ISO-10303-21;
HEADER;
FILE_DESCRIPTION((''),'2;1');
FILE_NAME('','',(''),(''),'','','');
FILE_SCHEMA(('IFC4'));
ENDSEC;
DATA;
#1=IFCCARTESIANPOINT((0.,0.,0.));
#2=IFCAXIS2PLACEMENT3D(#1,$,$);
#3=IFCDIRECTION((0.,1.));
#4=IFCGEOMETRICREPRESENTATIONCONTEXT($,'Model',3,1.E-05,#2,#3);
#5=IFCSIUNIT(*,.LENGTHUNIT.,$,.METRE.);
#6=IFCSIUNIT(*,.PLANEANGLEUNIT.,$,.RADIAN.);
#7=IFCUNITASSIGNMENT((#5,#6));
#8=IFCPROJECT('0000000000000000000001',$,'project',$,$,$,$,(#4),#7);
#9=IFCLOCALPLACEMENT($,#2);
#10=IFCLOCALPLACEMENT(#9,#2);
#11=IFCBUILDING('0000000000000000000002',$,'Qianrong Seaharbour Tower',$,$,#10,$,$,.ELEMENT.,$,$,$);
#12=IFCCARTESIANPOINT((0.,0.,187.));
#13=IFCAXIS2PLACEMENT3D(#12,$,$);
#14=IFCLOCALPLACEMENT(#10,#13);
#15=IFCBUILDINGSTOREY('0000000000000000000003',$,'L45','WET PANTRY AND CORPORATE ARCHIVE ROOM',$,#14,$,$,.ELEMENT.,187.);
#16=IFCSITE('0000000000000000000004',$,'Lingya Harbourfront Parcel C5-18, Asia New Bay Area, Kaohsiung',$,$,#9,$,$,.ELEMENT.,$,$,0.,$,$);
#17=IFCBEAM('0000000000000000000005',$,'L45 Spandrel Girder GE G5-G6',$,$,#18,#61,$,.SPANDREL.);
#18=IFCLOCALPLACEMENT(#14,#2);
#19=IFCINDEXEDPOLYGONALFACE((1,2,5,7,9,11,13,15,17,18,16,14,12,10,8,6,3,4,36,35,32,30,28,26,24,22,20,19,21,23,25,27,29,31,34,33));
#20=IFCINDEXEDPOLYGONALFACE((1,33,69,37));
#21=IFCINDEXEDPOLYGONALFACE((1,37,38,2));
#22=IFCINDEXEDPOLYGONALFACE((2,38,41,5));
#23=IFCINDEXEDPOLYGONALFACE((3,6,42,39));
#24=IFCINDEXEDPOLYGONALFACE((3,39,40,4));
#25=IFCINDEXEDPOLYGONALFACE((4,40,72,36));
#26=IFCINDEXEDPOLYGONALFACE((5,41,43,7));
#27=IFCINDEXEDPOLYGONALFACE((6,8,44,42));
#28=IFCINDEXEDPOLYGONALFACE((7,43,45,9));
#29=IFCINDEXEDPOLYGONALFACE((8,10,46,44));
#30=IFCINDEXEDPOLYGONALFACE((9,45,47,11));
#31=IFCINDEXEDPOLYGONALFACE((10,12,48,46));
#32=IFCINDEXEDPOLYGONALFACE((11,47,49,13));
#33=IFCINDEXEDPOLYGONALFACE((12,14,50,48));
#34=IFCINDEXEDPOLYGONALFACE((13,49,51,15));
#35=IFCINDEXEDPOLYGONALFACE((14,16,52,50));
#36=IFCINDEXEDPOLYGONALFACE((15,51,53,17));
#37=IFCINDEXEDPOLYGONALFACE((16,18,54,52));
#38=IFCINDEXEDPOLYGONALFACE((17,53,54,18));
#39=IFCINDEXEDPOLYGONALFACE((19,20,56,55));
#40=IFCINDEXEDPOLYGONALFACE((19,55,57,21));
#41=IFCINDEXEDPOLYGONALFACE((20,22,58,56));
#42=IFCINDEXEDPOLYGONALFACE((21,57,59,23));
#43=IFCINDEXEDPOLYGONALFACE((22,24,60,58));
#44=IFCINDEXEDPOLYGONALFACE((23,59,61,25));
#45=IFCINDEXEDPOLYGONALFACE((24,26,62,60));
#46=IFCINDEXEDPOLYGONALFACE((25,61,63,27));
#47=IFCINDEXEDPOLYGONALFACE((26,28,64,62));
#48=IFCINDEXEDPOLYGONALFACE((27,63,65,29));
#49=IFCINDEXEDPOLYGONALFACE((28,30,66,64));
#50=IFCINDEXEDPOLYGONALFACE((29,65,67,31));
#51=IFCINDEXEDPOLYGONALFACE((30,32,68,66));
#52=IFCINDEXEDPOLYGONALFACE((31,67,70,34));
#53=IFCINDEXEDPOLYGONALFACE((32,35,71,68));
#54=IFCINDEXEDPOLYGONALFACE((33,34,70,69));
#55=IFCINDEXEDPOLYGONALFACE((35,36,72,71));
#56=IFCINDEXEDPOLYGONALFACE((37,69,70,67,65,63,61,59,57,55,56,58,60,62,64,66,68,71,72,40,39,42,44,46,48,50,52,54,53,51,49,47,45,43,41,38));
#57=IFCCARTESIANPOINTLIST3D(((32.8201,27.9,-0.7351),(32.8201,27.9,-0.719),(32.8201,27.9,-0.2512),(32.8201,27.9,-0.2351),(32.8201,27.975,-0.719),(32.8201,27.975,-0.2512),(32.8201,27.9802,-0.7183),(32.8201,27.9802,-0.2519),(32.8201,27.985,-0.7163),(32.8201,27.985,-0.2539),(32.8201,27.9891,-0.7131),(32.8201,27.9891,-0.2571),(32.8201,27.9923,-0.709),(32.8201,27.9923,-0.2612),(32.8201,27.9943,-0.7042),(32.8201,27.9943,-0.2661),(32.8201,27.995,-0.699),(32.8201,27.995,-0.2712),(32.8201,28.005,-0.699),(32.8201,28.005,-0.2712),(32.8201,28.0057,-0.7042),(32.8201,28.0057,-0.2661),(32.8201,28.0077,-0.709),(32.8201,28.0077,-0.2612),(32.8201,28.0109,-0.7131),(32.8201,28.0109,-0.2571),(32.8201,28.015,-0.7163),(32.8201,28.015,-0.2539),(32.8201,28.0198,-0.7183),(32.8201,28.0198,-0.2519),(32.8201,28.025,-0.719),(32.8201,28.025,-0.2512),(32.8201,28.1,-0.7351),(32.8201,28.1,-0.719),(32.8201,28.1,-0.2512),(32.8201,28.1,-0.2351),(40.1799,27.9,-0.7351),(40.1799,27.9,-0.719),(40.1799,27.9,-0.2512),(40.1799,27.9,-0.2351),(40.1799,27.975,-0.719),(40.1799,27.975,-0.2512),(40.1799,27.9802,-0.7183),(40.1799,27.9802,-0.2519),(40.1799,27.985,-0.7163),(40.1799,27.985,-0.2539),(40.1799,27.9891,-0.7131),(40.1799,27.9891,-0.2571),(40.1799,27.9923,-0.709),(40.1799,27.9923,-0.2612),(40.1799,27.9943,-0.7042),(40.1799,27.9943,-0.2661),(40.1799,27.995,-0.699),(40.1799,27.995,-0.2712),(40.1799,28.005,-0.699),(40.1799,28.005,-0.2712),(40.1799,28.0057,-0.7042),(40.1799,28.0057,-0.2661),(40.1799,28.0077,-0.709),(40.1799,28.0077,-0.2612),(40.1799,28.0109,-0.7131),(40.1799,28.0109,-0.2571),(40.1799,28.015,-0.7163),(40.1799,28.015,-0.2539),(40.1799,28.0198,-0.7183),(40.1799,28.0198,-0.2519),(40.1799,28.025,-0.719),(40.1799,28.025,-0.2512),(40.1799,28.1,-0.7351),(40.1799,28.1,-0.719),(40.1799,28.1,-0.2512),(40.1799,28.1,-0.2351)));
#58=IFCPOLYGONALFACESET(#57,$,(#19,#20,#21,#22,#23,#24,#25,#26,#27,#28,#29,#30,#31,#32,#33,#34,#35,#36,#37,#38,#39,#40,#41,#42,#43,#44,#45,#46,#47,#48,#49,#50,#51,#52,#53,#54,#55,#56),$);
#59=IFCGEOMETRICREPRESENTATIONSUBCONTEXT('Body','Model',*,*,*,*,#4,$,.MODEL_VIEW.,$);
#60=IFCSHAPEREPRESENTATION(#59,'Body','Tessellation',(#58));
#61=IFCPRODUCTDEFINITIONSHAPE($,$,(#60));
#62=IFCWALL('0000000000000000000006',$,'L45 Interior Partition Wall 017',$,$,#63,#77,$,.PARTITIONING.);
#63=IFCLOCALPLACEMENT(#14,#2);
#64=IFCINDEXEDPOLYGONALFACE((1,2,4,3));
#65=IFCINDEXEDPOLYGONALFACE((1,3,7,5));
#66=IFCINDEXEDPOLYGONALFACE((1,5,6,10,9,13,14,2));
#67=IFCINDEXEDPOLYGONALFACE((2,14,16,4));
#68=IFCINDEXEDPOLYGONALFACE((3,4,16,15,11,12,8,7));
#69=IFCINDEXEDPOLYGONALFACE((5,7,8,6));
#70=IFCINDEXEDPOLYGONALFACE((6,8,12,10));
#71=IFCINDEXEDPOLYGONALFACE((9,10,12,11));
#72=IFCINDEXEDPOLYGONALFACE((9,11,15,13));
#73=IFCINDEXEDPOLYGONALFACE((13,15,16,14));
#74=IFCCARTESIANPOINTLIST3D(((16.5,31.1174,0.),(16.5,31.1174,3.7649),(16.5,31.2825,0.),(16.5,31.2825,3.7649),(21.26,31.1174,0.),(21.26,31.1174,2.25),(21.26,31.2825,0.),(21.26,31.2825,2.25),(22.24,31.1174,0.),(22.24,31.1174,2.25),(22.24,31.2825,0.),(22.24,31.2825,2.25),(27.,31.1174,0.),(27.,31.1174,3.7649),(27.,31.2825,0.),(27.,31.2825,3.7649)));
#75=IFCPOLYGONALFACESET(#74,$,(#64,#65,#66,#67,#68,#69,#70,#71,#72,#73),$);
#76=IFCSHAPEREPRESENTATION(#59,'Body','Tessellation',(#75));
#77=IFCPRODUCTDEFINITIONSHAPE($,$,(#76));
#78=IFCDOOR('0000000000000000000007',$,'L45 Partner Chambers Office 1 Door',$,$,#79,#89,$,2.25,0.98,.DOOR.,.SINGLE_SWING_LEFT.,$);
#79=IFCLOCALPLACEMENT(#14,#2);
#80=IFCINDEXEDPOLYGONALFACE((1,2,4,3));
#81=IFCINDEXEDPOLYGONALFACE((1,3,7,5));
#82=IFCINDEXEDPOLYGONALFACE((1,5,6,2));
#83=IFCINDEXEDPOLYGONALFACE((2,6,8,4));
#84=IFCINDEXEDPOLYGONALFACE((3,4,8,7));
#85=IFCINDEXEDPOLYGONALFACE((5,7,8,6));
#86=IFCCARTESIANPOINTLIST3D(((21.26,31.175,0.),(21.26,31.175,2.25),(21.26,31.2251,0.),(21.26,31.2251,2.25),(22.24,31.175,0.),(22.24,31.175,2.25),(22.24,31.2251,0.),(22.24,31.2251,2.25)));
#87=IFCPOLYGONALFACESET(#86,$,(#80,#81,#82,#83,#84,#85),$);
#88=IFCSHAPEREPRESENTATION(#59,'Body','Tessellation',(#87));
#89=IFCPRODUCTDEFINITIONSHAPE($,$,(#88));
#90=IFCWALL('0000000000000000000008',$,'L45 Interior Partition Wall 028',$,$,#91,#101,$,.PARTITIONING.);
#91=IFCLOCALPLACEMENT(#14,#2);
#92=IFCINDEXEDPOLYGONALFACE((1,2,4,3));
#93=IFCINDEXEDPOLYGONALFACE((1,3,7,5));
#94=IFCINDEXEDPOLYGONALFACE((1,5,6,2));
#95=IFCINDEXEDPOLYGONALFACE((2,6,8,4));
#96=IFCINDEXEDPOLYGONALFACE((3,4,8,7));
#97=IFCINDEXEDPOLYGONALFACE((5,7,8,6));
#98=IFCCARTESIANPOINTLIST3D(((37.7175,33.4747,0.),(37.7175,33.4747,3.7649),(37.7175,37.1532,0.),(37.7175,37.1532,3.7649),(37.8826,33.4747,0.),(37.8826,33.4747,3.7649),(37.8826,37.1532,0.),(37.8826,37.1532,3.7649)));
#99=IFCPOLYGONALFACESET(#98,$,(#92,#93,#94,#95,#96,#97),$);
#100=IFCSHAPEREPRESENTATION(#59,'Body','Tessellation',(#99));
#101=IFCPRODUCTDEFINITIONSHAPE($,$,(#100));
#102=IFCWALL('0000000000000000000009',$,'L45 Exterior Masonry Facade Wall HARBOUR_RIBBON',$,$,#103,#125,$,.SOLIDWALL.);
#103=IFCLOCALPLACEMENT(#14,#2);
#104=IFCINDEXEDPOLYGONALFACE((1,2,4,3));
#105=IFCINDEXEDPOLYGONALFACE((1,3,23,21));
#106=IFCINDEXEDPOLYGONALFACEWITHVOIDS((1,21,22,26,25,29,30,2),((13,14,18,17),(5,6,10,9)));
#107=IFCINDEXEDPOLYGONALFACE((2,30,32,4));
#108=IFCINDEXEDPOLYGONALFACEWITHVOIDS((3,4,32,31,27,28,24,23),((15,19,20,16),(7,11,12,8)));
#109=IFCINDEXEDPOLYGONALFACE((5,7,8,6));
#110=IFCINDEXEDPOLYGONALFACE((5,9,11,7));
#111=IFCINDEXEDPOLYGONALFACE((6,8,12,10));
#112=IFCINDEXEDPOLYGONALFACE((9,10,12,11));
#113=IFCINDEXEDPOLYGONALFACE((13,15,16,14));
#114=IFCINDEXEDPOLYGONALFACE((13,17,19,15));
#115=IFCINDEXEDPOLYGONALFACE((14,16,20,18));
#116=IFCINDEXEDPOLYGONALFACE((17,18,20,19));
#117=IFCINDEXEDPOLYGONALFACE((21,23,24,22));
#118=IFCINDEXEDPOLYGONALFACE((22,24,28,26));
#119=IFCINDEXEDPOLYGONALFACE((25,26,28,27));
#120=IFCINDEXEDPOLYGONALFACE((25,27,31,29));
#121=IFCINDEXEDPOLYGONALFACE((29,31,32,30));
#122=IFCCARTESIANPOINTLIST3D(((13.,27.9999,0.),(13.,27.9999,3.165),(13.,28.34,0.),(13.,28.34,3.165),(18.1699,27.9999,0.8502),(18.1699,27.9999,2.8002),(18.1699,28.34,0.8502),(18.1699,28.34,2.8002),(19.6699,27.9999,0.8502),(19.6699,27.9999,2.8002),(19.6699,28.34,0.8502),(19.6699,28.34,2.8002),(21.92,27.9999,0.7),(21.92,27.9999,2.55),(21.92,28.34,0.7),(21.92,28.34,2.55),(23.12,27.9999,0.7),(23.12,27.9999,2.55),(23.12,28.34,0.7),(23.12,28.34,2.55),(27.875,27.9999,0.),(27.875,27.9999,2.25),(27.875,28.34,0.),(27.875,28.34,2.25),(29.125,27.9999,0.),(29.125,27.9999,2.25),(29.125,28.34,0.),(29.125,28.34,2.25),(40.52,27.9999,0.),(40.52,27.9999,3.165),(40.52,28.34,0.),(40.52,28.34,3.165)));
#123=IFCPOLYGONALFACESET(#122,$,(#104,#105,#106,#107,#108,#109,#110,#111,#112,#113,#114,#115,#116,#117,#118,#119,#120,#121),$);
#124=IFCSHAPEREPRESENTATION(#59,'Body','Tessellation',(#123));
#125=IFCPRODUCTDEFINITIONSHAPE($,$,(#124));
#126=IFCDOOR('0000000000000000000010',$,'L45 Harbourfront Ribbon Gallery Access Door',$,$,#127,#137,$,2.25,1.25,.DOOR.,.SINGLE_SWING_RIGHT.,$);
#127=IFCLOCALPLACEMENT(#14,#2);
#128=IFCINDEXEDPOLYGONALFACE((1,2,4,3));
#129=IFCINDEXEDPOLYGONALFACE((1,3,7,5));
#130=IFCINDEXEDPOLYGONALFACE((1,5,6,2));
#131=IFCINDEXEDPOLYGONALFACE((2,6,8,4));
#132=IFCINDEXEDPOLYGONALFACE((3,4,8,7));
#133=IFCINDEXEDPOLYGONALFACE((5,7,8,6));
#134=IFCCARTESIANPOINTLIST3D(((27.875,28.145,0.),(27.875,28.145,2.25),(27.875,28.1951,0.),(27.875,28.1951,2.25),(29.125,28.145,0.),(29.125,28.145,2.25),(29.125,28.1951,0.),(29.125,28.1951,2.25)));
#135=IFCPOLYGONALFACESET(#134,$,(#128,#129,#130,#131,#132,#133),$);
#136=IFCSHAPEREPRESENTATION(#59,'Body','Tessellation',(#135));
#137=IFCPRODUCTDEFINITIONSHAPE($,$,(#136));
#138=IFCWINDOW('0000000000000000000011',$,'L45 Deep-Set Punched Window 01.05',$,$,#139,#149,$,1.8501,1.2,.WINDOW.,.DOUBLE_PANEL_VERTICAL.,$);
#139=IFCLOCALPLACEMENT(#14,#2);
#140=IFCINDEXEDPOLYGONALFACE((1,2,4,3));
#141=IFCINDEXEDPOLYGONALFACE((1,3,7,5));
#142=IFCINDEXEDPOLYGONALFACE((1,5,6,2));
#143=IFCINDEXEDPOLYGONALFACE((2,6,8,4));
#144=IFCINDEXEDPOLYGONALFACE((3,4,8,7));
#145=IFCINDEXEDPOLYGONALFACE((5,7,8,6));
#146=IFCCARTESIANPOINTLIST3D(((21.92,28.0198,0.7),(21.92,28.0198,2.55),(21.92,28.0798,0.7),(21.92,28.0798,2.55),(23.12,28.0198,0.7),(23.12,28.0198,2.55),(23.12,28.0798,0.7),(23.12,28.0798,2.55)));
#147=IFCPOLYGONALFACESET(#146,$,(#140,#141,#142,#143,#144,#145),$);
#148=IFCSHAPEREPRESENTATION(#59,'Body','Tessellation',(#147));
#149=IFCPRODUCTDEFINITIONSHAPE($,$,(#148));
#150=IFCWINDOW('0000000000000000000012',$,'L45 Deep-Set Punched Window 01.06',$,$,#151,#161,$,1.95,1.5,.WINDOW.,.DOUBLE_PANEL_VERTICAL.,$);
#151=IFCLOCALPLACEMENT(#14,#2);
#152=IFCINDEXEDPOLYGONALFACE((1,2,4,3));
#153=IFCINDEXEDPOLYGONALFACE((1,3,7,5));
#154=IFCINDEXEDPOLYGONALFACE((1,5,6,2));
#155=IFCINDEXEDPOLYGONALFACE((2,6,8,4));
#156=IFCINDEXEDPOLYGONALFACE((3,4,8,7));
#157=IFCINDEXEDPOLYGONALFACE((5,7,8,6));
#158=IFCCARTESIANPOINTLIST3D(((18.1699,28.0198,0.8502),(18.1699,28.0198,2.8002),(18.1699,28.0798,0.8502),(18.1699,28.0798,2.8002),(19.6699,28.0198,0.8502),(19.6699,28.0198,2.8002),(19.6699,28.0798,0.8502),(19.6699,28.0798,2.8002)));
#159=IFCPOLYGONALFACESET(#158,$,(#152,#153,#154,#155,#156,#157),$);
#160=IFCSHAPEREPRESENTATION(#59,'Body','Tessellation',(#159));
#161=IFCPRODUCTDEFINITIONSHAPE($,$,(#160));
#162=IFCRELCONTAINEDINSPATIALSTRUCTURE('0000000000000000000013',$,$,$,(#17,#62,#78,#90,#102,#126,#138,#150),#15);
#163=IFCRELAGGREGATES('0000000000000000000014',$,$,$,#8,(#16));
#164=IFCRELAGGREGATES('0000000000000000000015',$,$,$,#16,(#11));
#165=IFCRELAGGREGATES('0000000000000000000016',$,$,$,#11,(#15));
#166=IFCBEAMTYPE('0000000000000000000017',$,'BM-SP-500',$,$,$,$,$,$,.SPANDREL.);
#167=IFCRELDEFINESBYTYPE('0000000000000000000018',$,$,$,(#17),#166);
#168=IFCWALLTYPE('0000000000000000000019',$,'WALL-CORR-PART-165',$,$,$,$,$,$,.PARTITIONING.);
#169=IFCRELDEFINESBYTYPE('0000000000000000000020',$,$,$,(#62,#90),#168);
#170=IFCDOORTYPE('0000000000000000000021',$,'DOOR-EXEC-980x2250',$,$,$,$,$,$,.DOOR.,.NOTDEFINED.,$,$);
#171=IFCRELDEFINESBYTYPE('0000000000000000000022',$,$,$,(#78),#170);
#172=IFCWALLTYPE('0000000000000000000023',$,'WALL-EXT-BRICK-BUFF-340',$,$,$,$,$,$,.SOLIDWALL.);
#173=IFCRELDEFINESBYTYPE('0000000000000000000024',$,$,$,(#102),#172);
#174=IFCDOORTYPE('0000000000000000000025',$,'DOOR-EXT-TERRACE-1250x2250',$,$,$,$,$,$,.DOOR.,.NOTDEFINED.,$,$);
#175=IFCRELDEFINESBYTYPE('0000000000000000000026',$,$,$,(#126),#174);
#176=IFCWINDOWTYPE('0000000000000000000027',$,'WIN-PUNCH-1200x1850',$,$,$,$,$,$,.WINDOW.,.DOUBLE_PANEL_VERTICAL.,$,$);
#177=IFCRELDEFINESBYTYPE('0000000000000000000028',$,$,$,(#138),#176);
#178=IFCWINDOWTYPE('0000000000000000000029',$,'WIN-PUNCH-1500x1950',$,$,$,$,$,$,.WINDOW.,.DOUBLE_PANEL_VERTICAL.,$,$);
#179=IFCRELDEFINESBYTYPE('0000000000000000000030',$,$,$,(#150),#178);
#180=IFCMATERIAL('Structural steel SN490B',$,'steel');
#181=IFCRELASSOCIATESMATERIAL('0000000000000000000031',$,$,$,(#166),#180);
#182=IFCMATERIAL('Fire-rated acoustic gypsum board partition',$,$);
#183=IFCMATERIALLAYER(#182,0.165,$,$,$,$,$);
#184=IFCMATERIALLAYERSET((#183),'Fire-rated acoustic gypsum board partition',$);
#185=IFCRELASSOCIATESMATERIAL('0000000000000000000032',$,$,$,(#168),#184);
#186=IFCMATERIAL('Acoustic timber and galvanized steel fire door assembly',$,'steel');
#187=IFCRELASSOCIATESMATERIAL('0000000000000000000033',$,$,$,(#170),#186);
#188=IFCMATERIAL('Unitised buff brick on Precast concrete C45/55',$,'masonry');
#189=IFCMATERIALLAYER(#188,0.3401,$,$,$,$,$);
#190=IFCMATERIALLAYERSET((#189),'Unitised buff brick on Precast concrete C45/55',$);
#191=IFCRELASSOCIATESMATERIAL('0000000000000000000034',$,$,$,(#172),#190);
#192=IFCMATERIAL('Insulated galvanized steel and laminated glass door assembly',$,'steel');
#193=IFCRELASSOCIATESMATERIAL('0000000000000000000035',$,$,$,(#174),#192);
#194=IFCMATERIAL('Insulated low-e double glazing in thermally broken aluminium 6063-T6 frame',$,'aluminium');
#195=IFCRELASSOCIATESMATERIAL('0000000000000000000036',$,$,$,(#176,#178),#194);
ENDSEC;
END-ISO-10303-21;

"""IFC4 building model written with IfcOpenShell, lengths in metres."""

from ifc_helpers import new_model, si_unit, direction, frame, frame_2d, origin, origin_2d, place, context, subcontext, project, spatial, rectangle, i_section, extrude, material, layer, layer_set, material_profile, profile_set, type_object, element, fill, save


model = new_model("IFC4")

# Units and contexts
model_context = context("Model", 3, precision=1e-05, world=origin(), true_north=direction((0.0, 1.0)))
body_context = subcontext(model_context, "Body", "Model", "MODEL_VIEW")
ifc_project = project(units=[si_unit("LENGTHUNIT", "METRE"), si_unit("PLANEANGLEUNIT", "RADIAN")], contexts=[model_context])

# Site, building, storey
site_placement = place(None, origin())
site = spatial("IfcSite", under=ifc_project, at=site_placement, Name="Lingya Harbourfront Parcel C5-18, Asia New Bay Area, Kaohsiung", CompositionType="ELEMENT", RefElevation=0.0)
building_placement = place(site_placement, origin())
building = spatial("IfcBuilding", under=site, at=building_placement, Name="Qianrong Seaharbour Tower", CompositionType="ELEMENT")
storey_placement = place(building_placement, frame((0.0, 0.0, 187.0)))
storey = spatial("IfcBuildingStorey", under=building, at=storey_placement, Name="L45", Description="WET PANTRY AND CORPORATE ARCHIVE ROOM", CompositionType="ELEMENT", Elevation=187.0)

# Shared definitions
ifc_material_1 = material(Name="Structural steel SN490B", Category="steel")

# Beam
ifc_material_profile_1 = material_profile(ifc_material_1, i_section(OverallWidth=0.2, OverallDepth=0.5, WebThickness=0.01, FlangeThickness=0.0161, FilletRadius=0.02, at=origin_2d()), Name="H500x200x10x16")
ifc_profile_set_1 = profile_set([ifc_material_profile_1], Name="Structural steel SN490B")
beam_type_1 = type_object("IfcBeamType", Name="BM-SP-500", PredefinedType="SPANDREL", material=ifc_profile_set_1)
beam_placement = place(storey_placement, frame((32.8201, 28.0, -0.4851), z_axis=(1.0, 0.0, 0.0), x_axis=(0.0, 1.0, 0.0)))
element("IfcBeam", 1, at=beam_placement, inside=storey, type_object=beam_type_1, Name="L45 Spandrel Girder GE G5-G6", PredefinedType="SPANDREL", context=body_context, shape_type="SweptSolid", body=[
    extrude(i_section(OverallWidth=0.2, OverallDepth=0.5, WebThickness=0.01, FlangeThickness=0.0161, FilletRadius=0.02, at=origin_2d()), origin(), (0.0, 0.0, 1.0), 7.3599),
])

# Wall, opening, door
ifc_material_2 = material(Name="Fire-rated acoustic gypsum board partition")
ifc_layer_1 = layer(ifc_material_2, 0.165)
ifc_layer_set_1 = layer_set([ifc_layer_1], Name="Fire-rated acoustic gypsum board partition")
wall_type_1 = type_object("IfcWallType", Name="WALL-CORR-PART-165", PredefinedType="PARTITIONING", material=ifc_layer_set_1)
wall_1_placement = place(storey_placement, frame((27.0, 31.2, 0.0), z_axis=(0.0, 0.0, 1.0), x_axis=(-1.0, 0.0, 0.0)))
wall_1 = element("IfcWall", 2, at=wall_1_placement, inside=storey, type_object=wall_type_1, Name="L45 Interior Partition Wall 017", PredefinedType="PARTITIONING", context=body_context, shape_type="SweptSolid", body=[
    extrude(rectangle(XDim=10.5, YDim=0.165, at=frame_2d((5.25, 0.0))), origin(), (0.0, 0.0, 1.0), 3.7649),
])
opening_1_placement = place(wall_1_placement, frame((4.76, 0.0, 0.0)))
opening_1 = element("IfcOpeningElement", 3, at=opening_1_placement, cuts=wall_1, PredefinedType="OPENING", context=body_context, shape_type="SweptSolid", body=[
    extrude(rectangle(XDim=0.98, YDim=2.25, at=frame_2d((0.49, 1.125))), frame((0.0, 0.0925, 0.0), z_axis=(0.0, -1.0, 0.0), x_axis=(1.0, 0.0, 0.0)), (0.0, 0.0, 1.0), 0.1851),
])
ifc_material_3 = material(Name="Acoustic timber and galvanized steel fire door assembly", Category="steel")
door_type_1 = type_object("IfcDoorType", Name="DOOR-EXEC-980x2250", OperationType="NOTDEFINED", PredefinedType="DOOR", material=ifc_material_3)
door_1_placement = place(opening_1_placement, origin())
door_1 = element("IfcDoor", 4, at=door_1_placement, inside=storey, type_object=door_type_1, Name="L45 Partner Chambers Office 1 Door", OperationType="SINGLE_SWING_LEFT", OverallHeight=2.25, OverallWidth=0.98, PredefinedType="DOOR", context=body_context, shape_type="SweptSolid", body=[
    extrude(rectangle(XDim=0.98, YDim=2.25, at=frame_2d((0.49, 1.125))), frame((0.0, 0.0249, 0.0), z_axis=(0.0, -1.0, 0.0), x_axis=(1.0, 0.0, 0.0)), (0.0, 0.0, 1.0), 0.05),
])
fill(opening_1, door_1)

# Wall
wall_2_placement = place(storey_placement, frame((37.8, 33.4746, 0.0), z_axis=(0.0, 0.0, 1.0), x_axis=(0.0, 1.0, 0.0)))
element("IfcWall", 5, at=wall_2_placement, inside=storey, type_object=wall_type_1, Name="L45 Interior Partition Wall 028", PredefinedType="PARTITIONING", context=body_context, shape_type="SweptSolid", body=[
    extrude(rectangle(XDim=3.6785, YDim=0.165, at=frame_2d((1.8394, 0.0))), origin(), (0.0, 0.0, 1.0), 3.7649),
])

# Wall, openings, door, windows
ifc_material_4 = material(Name="Unitised buff brick on Precast concrete C45/55", Category="masonry")
ifc_layer_2 = layer(ifc_material_4, 0.3401)
ifc_layer_set_2 = layer_set([ifc_layer_2], Name="Unitised buff brick on Precast concrete C45/55")
wall_type_2 = type_object("IfcWallType", Name="WALL-EXT-BRICK-BUFF-340", PredefinedType="SOLIDWALL", material=ifc_layer_set_2)
wall_3_placement = place(storey_placement, frame((40.52, 28.1699, 0.0), z_axis=(0.0, 0.0, 1.0), x_axis=(-1.0, 0.0, 0.0)))
wall_3 = element("IfcWall", 6, at=wall_3_placement, inside=storey, type_object=wall_type_2, Name="L45 Exterior Masonry Facade Wall HARBOUR_RIBBON", PredefinedType="SOLIDWALL", context=body_context, shape_type="SweptSolid", body=[
    extrude(rectangle(XDim=27.52, YDim=0.3401, at=frame_2d((13.76, 0.0))), origin(), (0.0, 0.0, 1.0), 3.165),
])
opening_2_placement = place(wall_3_placement, frame((17.3999, 0.0, 0.7)))
opening_2 = element("IfcOpeningElement", 7, at=opening_2_placement, cuts=wall_3, PredefinedType="OPENING", context=body_context, shape_type="SweptSolid", body=[
    extrude(rectangle(XDim=1.2, YDim=1.8501, at=frame_2d((0.6001, 0.925))), frame((0.0, 0.1802, 0.0), z_axis=(0.0, -1.0, 0.0), x_axis=(1.0, 0.0, 0.0)), (0.0, 0.0, 1.0), 0.3601),
])
opening_3_placement = place(wall_3_placement, frame((20.8501, 0.0, 0.8501)))
opening_3 = element("IfcOpeningElement", 8, at=opening_3_placement, cuts=wall_3, PredefinedType="OPENING", context=body_context, shape_type="SweptSolid", body=[
    extrude(rectangle(XDim=1.5, YDim=1.95, at=frame_2d((0.75, 0.9751))), frame((0.0, 0.1802, 0.0), z_axis=(0.0, -1.0, 0.0), x_axis=(1.0, 0.0, 0.0)), (0.0, 0.0, 1.0), 0.3601),
])
opening_4_placement = place(wall_3_placement, frame((11.395, 0.0, 0.0)))
opening_4 = element("IfcOpeningElement", 9, at=opening_4_placement, cuts=wall_3, PredefinedType="OPENING", context=body_context, shape_type="SweptSolid", body=[
    extrude(rectangle(XDim=1.25, YDim=2.25, at=frame_2d((0.625, 1.125))), frame((0.0, 0.1802, 0.0), z_axis=(0.0, -1.0, 0.0), x_axis=(1.0, 0.0, 0.0)), (0.0, 0.0, 1.0), 0.3601),
])
ifc_material_5 = material(Name="Insulated galvanized steel and laminated glass door assembly", Category="steel")
door_type_2 = type_object("IfcDoorType", Name="DOOR-EXT-TERRACE-1250x2250", OperationType="NOTDEFINED", PredefinedType="DOOR", material=ifc_material_5)
door_2_placement = place(opening_4_placement, origin())
door_2 = element("IfcDoor", 10, at=door_2_placement, inside=storey, type_object=door_type_2, Name="L45 Harbourfront Ribbon Gallery Access Door", OperationType="SINGLE_SWING_RIGHT", OverallHeight=2.25, OverallWidth=1.25, PredefinedType="DOOR", context=body_context, shape_type="SweptSolid", body=[
    extrude(rectangle(XDim=1.25, YDim=2.25, at=frame_2d((0.625, 1.125))), frame((0.0, 0.0249, 0.0), z_axis=(0.0, -1.0, 0.0), x_axis=(1.0, 0.0, 0.0)), (0.0, 0.0, 1.0), 0.05),
])
fill(opening_4, door_2)
ifc_material_6 = material(Name="Insulated low-e double glazing in thermally broken aluminium 6063-T6 frame", Category="aluminium")
window_type_1 = type_object("IfcWindowType", Name="WIN-PUNCH-1200x1850", PartitioningType="DOUBLE_PANEL_VERTICAL", PredefinedType="WINDOW", material=ifc_material_6)
window_1_placement = place(opening_2_placement, origin())
window_1 = element("IfcWindow", 11, at=window_1_placement, inside=storey, type_object=window_type_1, Name="L45 Deep-Set Punched Window 01.05", OverallHeight=1.8501, OverallWidth=1.2, PartitioningType="DOUBLE_PANEL_VERTICAL", PredefinedType="WINDOW", context=body_context, shape_type="SweptSolid", body=[
    extrude(rectangle(XDim=1.2, YDim=1.8501, at=frame_2d((0.6001, 0.925))), frame((0.0, 0.1501, 0.0), z_axis=(0.0, -1.0, 0.0), x_axis=(1.0, 0.0, 0.0)), (0.0, 0.0, 1.0), 0.0601),
])
fill(opening_2, window_1)
window_type_2 = type_object("IfcWindowType", Name="WIN-PUNCH-1500x1950", PartitioningType="DOUBLE_PANEL_VERTICAL", PredefinedType="WINDOW", material=ifc_material_6)
window_2_placement = place(opening_3_placement, origin())
window_2 = element("IfcWindow", 12, at=window_2_placement, inside=storey, type_object=window_type_2, Name="L45 Deep-Set Punched Window 01.06", OverallHeight=1.95, OverallWidth=1.5, PartitioningType="DOUBLE_PANEL_VERTICAL", PredefinedType="WINDOW", context=body_context, shape_type="SweptSolid", body=[
    extrude(rectangle(XDim=1.5, YDim=1.95, at=frame_2d((0.75, 0.9751))), frame((0.0, 0.1501, 0.0), z_axis=(0.0, -1.0, 0.0), x_axis=(1.0, 0.0, 0.0)), (0.0, 0.0, 1.0), 0.0601),
])
fill(opening_3, window_2)

save(model, "model.ifc")
